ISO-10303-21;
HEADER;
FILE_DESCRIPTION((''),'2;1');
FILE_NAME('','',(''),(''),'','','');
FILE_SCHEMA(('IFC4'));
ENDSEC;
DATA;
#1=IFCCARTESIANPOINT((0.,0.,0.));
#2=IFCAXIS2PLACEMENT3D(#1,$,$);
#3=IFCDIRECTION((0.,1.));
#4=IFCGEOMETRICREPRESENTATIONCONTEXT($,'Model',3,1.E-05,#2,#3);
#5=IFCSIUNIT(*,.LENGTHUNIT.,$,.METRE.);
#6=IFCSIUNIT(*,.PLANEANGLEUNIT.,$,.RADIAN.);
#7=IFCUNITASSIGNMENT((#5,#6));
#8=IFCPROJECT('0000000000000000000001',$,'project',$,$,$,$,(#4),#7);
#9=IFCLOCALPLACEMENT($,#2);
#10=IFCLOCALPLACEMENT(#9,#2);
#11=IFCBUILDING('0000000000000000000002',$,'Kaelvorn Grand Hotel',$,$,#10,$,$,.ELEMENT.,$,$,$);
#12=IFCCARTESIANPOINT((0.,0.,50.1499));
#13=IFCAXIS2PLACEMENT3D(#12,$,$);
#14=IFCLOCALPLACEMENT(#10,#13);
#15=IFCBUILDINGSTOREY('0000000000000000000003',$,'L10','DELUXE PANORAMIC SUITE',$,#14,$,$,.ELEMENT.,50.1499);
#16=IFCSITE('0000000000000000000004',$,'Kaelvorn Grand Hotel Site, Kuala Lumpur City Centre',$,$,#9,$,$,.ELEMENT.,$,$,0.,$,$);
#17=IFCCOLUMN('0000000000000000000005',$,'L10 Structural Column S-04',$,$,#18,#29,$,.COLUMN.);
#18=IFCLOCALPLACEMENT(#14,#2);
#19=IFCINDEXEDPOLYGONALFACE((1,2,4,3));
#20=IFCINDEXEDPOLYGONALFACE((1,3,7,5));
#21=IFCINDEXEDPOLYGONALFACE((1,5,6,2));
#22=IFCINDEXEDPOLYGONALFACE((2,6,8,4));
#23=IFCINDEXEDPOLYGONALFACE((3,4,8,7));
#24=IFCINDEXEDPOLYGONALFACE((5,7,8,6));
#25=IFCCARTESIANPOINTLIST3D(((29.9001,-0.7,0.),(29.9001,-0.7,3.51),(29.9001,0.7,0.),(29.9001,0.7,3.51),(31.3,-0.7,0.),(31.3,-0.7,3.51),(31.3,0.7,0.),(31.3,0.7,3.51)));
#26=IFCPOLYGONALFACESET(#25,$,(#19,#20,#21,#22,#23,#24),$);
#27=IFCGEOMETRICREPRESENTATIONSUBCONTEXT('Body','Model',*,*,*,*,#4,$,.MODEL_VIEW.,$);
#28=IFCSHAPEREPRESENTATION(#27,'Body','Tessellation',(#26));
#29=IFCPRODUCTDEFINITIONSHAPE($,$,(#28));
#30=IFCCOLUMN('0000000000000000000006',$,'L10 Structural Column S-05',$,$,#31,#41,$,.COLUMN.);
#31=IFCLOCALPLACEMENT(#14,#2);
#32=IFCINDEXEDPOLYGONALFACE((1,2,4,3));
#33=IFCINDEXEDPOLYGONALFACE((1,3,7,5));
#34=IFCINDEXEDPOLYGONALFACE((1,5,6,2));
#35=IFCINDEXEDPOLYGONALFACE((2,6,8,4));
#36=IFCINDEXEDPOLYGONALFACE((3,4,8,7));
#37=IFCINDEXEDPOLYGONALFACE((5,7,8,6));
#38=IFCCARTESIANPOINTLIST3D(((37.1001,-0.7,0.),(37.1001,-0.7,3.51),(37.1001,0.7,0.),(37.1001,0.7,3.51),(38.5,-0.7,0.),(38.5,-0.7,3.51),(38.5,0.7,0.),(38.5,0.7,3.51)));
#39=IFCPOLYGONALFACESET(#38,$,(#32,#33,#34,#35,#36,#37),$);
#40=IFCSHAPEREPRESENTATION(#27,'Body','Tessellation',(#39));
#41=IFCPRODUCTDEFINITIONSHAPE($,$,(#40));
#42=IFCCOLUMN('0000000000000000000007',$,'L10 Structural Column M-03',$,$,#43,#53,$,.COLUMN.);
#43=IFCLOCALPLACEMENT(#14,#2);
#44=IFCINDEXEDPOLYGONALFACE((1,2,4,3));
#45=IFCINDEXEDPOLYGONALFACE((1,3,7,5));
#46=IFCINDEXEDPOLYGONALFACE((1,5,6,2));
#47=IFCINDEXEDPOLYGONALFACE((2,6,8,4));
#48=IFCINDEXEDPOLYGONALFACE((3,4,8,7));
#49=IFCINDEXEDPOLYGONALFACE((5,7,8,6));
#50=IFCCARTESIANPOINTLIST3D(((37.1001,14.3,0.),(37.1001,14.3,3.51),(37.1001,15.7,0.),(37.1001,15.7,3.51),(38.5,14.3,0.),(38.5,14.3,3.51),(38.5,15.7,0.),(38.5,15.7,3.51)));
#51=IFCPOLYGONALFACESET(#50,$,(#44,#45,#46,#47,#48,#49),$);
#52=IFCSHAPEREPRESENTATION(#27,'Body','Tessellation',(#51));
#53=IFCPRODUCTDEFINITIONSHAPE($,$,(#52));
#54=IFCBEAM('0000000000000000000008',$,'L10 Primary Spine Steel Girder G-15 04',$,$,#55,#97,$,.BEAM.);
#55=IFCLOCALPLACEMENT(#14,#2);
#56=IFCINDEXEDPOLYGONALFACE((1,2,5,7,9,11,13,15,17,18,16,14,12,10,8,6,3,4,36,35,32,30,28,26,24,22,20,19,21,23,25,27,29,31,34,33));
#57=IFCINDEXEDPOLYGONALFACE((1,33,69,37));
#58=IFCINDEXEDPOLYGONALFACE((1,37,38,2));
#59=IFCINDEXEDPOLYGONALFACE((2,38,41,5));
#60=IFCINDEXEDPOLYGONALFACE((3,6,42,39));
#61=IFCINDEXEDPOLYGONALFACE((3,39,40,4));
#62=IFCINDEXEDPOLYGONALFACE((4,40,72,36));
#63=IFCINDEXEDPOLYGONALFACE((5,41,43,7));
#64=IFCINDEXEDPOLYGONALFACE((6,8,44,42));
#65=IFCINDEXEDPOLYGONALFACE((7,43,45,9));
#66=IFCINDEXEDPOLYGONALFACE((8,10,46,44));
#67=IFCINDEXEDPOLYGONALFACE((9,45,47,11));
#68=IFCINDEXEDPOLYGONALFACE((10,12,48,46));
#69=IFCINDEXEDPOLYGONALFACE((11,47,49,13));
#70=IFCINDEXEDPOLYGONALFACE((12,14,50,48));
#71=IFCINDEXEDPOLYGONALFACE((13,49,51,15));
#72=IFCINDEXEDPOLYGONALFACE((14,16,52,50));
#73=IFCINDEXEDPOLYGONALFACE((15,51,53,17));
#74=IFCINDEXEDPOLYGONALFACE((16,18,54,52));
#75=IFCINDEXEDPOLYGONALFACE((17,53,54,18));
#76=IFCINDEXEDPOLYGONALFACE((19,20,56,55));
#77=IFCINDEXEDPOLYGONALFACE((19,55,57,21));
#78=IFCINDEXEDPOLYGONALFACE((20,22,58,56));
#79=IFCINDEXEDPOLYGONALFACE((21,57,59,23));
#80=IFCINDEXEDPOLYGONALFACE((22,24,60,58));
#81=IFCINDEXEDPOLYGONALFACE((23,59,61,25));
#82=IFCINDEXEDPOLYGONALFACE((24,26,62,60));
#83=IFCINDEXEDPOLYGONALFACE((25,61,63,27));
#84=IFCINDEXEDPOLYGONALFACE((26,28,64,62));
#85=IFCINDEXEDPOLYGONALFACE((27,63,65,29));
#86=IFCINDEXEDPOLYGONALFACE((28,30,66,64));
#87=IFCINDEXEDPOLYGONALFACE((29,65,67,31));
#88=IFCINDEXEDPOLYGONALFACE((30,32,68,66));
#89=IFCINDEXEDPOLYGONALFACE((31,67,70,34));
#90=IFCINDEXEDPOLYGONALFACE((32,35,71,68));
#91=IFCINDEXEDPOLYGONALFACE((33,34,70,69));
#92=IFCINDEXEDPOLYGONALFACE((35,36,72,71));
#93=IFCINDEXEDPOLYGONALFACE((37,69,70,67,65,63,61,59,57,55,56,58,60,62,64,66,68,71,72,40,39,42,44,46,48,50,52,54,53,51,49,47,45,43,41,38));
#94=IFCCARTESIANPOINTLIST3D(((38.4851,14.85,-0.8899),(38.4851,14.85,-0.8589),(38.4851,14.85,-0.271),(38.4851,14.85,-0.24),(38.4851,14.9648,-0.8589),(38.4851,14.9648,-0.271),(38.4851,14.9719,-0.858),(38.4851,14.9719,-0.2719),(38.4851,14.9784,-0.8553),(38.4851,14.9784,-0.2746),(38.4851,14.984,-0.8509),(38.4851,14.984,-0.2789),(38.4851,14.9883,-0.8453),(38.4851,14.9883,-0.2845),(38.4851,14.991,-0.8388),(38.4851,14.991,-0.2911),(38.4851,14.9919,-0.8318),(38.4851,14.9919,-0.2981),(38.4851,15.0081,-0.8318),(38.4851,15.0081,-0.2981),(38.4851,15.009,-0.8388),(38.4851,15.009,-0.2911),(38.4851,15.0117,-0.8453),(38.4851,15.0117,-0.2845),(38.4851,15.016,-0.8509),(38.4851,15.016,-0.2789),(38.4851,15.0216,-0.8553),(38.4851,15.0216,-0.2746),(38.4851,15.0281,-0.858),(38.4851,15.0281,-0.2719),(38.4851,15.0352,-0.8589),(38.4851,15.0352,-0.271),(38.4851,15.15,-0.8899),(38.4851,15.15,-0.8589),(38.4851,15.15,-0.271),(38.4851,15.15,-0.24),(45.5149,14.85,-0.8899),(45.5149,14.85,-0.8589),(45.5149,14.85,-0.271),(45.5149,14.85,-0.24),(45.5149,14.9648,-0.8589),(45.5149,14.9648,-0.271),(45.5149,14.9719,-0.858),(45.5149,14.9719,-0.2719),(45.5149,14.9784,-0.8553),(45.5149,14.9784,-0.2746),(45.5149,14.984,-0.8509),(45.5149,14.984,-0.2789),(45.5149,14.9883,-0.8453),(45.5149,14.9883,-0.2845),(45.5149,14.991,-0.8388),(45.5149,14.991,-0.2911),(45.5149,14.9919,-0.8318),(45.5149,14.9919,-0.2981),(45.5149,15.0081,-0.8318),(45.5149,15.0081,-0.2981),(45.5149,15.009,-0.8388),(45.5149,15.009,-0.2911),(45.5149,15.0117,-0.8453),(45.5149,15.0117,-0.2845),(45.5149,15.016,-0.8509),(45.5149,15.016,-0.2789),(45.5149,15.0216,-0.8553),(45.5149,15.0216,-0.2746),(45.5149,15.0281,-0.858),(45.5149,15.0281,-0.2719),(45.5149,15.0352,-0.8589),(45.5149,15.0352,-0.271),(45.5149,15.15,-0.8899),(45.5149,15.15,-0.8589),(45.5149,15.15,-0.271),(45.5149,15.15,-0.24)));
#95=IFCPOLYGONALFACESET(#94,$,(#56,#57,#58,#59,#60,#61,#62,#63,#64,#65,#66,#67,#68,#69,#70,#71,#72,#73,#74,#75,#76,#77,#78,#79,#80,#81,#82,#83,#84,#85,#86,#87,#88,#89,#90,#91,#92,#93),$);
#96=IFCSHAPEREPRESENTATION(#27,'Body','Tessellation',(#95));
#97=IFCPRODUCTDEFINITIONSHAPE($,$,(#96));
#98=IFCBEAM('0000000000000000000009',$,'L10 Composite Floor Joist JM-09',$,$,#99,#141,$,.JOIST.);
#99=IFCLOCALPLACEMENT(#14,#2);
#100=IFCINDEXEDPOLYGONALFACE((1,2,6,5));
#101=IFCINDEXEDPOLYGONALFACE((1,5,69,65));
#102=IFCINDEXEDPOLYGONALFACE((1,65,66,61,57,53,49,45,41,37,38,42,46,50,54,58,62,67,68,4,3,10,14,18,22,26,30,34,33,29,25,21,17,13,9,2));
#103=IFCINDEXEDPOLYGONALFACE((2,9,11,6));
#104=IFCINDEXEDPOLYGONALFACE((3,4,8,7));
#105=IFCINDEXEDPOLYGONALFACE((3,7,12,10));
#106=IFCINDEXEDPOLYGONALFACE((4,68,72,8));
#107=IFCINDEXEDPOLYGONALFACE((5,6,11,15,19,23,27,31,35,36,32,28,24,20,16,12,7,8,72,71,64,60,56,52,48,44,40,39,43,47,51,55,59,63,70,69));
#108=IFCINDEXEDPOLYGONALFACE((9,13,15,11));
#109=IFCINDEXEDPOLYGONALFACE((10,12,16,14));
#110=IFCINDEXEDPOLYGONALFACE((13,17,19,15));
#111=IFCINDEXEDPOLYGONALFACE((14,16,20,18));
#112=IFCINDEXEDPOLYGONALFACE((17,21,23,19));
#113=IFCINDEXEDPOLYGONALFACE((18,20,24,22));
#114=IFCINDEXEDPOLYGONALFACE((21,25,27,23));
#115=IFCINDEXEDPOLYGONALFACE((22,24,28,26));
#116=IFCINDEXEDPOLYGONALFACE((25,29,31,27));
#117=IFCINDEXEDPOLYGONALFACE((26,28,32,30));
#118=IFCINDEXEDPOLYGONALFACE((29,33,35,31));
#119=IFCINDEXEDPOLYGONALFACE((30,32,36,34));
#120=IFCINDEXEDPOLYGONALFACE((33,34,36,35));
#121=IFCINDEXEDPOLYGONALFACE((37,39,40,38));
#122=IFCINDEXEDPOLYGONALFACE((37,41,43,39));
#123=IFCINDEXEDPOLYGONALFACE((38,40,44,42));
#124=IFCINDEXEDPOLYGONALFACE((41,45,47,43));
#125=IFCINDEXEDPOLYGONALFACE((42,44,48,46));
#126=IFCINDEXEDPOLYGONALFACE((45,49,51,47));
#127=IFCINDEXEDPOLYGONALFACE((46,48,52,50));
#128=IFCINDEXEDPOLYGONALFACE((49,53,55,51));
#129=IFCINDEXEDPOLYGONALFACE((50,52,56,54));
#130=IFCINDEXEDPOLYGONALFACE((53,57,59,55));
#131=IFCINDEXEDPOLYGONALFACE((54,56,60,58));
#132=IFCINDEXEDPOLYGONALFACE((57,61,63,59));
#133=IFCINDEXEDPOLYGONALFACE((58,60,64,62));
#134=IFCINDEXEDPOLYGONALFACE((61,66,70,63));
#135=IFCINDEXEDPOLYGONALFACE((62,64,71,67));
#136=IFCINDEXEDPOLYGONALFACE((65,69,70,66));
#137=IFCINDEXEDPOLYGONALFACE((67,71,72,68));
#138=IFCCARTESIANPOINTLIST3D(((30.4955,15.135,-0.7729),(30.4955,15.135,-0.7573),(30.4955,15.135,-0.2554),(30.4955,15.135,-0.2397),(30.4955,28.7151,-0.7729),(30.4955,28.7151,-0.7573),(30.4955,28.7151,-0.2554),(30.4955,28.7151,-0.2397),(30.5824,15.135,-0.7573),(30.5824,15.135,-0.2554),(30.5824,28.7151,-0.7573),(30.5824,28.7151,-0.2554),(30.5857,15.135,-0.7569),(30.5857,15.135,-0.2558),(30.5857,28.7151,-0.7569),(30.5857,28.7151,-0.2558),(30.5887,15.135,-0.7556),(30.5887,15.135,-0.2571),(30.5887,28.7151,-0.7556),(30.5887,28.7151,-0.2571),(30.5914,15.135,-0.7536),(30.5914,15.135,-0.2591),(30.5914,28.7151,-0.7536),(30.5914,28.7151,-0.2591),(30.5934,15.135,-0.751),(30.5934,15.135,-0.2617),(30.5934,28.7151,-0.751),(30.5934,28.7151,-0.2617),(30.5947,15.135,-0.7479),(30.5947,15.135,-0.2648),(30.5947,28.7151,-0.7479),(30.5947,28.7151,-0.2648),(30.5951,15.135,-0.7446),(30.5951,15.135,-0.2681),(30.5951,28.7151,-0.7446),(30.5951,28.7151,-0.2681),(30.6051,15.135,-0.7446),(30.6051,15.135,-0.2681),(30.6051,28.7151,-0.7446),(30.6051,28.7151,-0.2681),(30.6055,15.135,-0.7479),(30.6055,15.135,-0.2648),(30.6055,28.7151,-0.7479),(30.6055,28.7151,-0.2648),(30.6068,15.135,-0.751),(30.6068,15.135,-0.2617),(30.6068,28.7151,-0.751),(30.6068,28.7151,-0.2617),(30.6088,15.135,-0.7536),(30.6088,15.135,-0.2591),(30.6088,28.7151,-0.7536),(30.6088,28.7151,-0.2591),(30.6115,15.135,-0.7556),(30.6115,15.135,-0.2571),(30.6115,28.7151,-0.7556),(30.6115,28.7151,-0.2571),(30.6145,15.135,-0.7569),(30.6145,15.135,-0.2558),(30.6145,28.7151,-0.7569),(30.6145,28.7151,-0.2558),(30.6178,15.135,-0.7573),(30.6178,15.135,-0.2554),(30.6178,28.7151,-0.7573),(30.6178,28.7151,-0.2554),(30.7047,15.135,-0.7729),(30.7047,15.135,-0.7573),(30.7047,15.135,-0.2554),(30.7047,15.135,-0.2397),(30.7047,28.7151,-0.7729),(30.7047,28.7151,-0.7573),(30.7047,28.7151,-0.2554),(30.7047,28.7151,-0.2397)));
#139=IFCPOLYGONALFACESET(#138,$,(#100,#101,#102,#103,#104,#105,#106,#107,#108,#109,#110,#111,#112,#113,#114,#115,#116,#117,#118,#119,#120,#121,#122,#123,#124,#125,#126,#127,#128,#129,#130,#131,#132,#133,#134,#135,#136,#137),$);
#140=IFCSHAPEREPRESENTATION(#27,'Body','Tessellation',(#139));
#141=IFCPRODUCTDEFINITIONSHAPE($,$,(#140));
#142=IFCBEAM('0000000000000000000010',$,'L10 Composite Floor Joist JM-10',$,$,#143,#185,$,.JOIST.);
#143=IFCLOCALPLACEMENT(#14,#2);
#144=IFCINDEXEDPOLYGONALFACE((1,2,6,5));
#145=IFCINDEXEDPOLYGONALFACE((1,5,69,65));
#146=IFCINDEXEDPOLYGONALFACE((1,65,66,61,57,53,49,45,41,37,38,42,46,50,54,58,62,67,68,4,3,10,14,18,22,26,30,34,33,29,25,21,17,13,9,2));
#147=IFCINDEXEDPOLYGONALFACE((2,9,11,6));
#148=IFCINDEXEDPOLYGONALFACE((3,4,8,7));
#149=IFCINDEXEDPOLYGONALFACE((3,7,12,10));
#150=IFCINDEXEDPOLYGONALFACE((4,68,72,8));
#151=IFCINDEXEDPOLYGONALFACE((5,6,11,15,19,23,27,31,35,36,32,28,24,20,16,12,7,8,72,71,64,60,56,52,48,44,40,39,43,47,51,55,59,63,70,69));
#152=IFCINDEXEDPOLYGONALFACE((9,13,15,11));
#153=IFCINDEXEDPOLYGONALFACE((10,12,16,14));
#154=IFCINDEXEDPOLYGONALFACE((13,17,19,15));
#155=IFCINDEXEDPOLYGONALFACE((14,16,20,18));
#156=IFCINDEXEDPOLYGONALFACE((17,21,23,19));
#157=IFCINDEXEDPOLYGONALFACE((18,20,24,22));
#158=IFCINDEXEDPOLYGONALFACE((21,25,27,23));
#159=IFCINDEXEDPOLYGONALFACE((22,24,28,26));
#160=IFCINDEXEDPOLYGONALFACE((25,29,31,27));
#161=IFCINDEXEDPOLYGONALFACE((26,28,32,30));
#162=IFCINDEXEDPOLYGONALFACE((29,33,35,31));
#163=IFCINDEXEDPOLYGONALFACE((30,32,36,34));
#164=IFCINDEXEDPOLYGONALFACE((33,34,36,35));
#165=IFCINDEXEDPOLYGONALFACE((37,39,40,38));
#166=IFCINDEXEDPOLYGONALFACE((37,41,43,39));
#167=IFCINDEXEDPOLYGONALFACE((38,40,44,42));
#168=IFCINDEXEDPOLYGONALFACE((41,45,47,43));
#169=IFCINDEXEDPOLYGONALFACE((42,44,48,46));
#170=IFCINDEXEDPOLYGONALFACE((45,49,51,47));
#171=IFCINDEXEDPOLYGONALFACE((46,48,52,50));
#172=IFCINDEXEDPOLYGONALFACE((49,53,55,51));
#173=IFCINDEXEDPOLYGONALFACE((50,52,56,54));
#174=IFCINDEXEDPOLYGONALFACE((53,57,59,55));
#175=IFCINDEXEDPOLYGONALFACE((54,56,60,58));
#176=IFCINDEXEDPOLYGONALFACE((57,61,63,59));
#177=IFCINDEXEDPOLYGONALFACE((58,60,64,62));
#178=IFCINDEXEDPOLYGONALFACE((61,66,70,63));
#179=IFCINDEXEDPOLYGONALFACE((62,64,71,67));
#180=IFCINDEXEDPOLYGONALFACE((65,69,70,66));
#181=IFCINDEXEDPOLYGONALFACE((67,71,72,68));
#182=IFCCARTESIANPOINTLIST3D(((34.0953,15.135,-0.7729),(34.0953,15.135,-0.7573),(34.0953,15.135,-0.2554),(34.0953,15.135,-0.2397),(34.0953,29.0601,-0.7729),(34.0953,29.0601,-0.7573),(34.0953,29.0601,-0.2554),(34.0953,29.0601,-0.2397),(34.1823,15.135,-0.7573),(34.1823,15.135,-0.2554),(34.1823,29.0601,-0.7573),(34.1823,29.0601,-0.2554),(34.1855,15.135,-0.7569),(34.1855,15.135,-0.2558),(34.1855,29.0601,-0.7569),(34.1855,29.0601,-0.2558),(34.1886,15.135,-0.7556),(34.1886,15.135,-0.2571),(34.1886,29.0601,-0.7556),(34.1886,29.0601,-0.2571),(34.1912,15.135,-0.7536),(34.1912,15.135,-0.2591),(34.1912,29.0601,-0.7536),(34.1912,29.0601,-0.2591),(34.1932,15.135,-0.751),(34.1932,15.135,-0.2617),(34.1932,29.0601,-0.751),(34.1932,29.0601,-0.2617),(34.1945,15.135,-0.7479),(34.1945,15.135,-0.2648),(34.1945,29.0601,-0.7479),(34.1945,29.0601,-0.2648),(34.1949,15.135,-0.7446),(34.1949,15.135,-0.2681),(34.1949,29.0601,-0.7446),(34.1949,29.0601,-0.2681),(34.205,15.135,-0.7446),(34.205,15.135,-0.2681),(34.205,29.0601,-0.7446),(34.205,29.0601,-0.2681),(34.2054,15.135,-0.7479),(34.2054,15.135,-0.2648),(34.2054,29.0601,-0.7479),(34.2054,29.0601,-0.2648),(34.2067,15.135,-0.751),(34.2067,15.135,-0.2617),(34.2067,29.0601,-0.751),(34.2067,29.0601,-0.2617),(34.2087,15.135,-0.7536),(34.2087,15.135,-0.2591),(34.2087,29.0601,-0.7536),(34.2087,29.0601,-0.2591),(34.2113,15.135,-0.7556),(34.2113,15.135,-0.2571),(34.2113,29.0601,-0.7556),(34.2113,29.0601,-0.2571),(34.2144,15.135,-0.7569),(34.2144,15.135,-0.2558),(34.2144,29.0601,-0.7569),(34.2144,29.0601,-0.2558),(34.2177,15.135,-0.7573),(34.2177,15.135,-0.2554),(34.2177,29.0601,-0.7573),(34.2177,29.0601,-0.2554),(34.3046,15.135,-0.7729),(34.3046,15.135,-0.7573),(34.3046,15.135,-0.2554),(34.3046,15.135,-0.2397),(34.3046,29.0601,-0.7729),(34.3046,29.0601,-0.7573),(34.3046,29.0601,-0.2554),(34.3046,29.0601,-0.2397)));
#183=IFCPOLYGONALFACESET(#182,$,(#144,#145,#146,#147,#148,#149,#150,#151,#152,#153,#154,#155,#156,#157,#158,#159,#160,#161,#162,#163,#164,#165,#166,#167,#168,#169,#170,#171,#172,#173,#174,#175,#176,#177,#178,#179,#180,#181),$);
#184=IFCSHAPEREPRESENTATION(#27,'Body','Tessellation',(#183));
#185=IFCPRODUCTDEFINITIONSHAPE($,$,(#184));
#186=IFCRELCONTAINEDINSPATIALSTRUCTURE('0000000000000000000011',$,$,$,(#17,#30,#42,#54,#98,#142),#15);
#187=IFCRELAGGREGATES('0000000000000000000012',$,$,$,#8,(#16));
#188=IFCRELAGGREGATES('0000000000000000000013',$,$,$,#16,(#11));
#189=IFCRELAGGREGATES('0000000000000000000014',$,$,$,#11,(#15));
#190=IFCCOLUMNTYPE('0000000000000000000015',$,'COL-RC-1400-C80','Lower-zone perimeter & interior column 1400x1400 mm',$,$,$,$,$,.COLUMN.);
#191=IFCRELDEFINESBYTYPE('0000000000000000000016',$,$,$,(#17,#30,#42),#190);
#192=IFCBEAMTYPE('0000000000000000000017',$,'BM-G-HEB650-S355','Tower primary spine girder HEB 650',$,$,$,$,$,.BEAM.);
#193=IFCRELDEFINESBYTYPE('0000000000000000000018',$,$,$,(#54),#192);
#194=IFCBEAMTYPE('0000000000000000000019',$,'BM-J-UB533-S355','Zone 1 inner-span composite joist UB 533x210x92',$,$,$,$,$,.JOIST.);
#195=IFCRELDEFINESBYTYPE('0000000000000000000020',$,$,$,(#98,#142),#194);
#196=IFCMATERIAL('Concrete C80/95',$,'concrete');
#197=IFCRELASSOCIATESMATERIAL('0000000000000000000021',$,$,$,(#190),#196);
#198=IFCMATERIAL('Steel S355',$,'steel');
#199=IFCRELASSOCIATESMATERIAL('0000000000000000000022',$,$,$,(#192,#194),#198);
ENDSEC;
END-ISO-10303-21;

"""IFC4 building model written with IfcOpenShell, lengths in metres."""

from ifc_helpers import new_model, si_unit, direction, frame, origin, origin_2d, place, context, subcontext, project, spatial, rectangle, i_section, extrude, material, material_profile, profile_set, type_object, element, save


model = new_model("IFC4")

# Units and contexts
model_context = context("Model", 3, precision=1e-05, world=origin(), true_north=direction((0.0, 1.0)))
body_context = subcontext(model_context, "Body", "Model", "MODEL_VIEW")
ifc_project = project(units=[si_unit("LENGTHUNIT", "METRE"), si_unit("PLANEANGLEUNIT", "RADIAN")], contexts=[model_context])

# Site, building, storey
site_placement = place(None, origin())
site = spatial("IfcSite", under=ifc_project, at=site_placement, Name="Kaelvorn Grand Hotel Site, Kuala Lumpur City Centre", CompositionType="ELEMENT", RefElevation=0.0)
building_placement = place(site_placement, origin())
building = spatial("IfcBuilding", under=site, at=building_placement, Name="Kaelvorn Grand Hotel", CompositionType="ELEMENT")
storey_placement = place(building_placement, frame((0.0, 0.0, 50.1499)))
storey = spatial("IfcBuildingStorey", under=building, at=storey_placement, Name="L10", Description="DELUXE PANORAMIC SUITE", CompositionType="ELEMENT", Elevation=50.1499)

# Columns
ifc_material_1 = material(Name="Concrete C80/95", Category="concrete")
ifc_material_profile_1 = material_profile(ifc_material_1, rectangle(XDim=1.3999, YDim=1.3999, at=origin_2d()), Name="RC COL 1400x1400")
ifc_profile_set_1 = profile_set([ifc_material_profile_1], Name="Concrete C80/95")
column_type = type_object("IfcColumnType", Name="COL-RC-1400-C80", Description="Lower-zone perimeter & interior column 1400x1400 mm", PredefinedType="COLUMN", material=ifc_profile_set_1)
for number, where, z_axis, x_axis, name in (
    (1, (30.6001, 0.0, 0.0), (0.0, 0.0, 1.0), (1.0, 0.0, 0.0), "L10 Structural Column S-04"),
    (2, (37.8, 0.0, 0.0), (0.0, 0.0, 1.0), (1.0, 0.0, 0.0), "L10 Structural Column S-05"),
    (3, (37.8, 15.0, 0.0), (0.0, 0.0, 1.0), (1.0, 0.0, 0.0), "L10 Structural Column M-03"),
):
    element("IfcColumn", number, at=place(storey_placement, frame(where, z_axis=z_axis, x_axis=x_axis)), inside=storey, type_object=column_type, Name=name, PredefinedType="COLUMN", context=body_context, shape_type="SweptSolid", body=[
        extrude(rectangle(XDim=1.3999, YDim=1.3999, at=origin_2d()), origin(), (0.0, 0.0, 1.0), 3.51),
    ])

# Beams
ifc_material_2 = material(Name="Steel S355", Category="steel")
ifc_material_profile_2 = material_profile(ifc_material_2, i_section(OverallWidth=0.3, OverallDepth=0.6499, WebThickness=0.0161, FlangeThickness=0.031, FilletRadius=0.0271, at=origin_2d()), Name="HEB 650")
ifc_profile_set_2 = profile_set([ifc_material_profile_2], Name="Steel S355")
beam_type_1 = type_object("IfcBeamType", Name="BM-G-HEB650-S355", Description="Tower primary spine girder HEB 650", PredefinedType="BEAM", material=ifc_profile_set_2)
beam_1_placement = place(storey_placement, frame((38.4851, 15.0, -0.5649), z_axis=(1.0, 0.0, 0.0), x_axis=(0.0, 1.0, 0.0)))
element("IfcBeam", 4, at=beam_1_placement, inside=storey, type_object=beam_type_1, Name="L10 Primary Spine Steel Girder G-15 04", PredefinedType="BEAM", context=body_context, shape_type="SweptSolid", body=[
    extrude(i_section(OverallWidth=0.3, OverallDepth=0.6499, WebThickness=0.0161, FlangeThickness=0.031, FilletRadius=0.0271, at=origin_2d()), origin(), (0.0, 0.0, 1.0), 7.0298),
])
ifc_material_profile_3 = material_profile(ifc_material_2, i_section(OverallWidth=0.2092, OverallDepth=0.5332, WebThickness=0.01, FlangeThickness=0.0156, FilletRadius=0.0127, at=origin_2d()), Name="UB 533x210x92")
ifc_profile_set_3 = profile_set([ifc_material_profile_3], Name="Steel S355")
beam_type_2 = type_object("IfcBeamType", Name="BM-J-UB533-S355", Description="Zone 1 inner-span composite joist UB 533x210x92", PredefinedType="JOIST", material=ifc_profile_set_3)
beam_2_placement = place(storey_placement, frame((30.6001, 15.135, -0.5063), z_axis=(0.0, 1.0, 0.0), x_axis=(-1.0, 0.0, 0.0)))
element("IfcBeam", 5, at=beam_2_placement, inside=storey, type_object=beam_type_2, Name="L10 Composite Floor Joist JM-09", PredefinedType="JOIST", context=body_context, shape_type="SweptSolid", body=[
    extrude(i_section(OverallWidth=0.2092, OverallDepth=0.5332, WebThickness=0.01, FlangeThickness=0.0156, FilletRadius=0.0127, at=origin_2d()), origin(), (0.0, 0.0, 1.0), 13.5801),
])
beam_3_placement = place(storey_placement, frame((34.2, 15.135, -0.5063), z_axis=(0.0, 1.0, 0.0), x_axis=(-1.0, 0.0, 0.0)))
element("IfcBeam", 6, at=beam_3_placement, inside=storey, type_object=beam_type_2, Name="L10 Composite Floor Joist JM-10", PredefinedType="JOIST", context=body_context, shape_type="SweptSolid", body=[
    extrude(i_section(OverallWidth=0.2092, OverallDepth=0.5332, WebThickness=0.01, FlangeThickness=0.0156, FilletRadius=0.0127, at=origin_2d()), origin(), (0.0, 0.0, 1.0), 13.925),
])

save(model, "model.ifc")
